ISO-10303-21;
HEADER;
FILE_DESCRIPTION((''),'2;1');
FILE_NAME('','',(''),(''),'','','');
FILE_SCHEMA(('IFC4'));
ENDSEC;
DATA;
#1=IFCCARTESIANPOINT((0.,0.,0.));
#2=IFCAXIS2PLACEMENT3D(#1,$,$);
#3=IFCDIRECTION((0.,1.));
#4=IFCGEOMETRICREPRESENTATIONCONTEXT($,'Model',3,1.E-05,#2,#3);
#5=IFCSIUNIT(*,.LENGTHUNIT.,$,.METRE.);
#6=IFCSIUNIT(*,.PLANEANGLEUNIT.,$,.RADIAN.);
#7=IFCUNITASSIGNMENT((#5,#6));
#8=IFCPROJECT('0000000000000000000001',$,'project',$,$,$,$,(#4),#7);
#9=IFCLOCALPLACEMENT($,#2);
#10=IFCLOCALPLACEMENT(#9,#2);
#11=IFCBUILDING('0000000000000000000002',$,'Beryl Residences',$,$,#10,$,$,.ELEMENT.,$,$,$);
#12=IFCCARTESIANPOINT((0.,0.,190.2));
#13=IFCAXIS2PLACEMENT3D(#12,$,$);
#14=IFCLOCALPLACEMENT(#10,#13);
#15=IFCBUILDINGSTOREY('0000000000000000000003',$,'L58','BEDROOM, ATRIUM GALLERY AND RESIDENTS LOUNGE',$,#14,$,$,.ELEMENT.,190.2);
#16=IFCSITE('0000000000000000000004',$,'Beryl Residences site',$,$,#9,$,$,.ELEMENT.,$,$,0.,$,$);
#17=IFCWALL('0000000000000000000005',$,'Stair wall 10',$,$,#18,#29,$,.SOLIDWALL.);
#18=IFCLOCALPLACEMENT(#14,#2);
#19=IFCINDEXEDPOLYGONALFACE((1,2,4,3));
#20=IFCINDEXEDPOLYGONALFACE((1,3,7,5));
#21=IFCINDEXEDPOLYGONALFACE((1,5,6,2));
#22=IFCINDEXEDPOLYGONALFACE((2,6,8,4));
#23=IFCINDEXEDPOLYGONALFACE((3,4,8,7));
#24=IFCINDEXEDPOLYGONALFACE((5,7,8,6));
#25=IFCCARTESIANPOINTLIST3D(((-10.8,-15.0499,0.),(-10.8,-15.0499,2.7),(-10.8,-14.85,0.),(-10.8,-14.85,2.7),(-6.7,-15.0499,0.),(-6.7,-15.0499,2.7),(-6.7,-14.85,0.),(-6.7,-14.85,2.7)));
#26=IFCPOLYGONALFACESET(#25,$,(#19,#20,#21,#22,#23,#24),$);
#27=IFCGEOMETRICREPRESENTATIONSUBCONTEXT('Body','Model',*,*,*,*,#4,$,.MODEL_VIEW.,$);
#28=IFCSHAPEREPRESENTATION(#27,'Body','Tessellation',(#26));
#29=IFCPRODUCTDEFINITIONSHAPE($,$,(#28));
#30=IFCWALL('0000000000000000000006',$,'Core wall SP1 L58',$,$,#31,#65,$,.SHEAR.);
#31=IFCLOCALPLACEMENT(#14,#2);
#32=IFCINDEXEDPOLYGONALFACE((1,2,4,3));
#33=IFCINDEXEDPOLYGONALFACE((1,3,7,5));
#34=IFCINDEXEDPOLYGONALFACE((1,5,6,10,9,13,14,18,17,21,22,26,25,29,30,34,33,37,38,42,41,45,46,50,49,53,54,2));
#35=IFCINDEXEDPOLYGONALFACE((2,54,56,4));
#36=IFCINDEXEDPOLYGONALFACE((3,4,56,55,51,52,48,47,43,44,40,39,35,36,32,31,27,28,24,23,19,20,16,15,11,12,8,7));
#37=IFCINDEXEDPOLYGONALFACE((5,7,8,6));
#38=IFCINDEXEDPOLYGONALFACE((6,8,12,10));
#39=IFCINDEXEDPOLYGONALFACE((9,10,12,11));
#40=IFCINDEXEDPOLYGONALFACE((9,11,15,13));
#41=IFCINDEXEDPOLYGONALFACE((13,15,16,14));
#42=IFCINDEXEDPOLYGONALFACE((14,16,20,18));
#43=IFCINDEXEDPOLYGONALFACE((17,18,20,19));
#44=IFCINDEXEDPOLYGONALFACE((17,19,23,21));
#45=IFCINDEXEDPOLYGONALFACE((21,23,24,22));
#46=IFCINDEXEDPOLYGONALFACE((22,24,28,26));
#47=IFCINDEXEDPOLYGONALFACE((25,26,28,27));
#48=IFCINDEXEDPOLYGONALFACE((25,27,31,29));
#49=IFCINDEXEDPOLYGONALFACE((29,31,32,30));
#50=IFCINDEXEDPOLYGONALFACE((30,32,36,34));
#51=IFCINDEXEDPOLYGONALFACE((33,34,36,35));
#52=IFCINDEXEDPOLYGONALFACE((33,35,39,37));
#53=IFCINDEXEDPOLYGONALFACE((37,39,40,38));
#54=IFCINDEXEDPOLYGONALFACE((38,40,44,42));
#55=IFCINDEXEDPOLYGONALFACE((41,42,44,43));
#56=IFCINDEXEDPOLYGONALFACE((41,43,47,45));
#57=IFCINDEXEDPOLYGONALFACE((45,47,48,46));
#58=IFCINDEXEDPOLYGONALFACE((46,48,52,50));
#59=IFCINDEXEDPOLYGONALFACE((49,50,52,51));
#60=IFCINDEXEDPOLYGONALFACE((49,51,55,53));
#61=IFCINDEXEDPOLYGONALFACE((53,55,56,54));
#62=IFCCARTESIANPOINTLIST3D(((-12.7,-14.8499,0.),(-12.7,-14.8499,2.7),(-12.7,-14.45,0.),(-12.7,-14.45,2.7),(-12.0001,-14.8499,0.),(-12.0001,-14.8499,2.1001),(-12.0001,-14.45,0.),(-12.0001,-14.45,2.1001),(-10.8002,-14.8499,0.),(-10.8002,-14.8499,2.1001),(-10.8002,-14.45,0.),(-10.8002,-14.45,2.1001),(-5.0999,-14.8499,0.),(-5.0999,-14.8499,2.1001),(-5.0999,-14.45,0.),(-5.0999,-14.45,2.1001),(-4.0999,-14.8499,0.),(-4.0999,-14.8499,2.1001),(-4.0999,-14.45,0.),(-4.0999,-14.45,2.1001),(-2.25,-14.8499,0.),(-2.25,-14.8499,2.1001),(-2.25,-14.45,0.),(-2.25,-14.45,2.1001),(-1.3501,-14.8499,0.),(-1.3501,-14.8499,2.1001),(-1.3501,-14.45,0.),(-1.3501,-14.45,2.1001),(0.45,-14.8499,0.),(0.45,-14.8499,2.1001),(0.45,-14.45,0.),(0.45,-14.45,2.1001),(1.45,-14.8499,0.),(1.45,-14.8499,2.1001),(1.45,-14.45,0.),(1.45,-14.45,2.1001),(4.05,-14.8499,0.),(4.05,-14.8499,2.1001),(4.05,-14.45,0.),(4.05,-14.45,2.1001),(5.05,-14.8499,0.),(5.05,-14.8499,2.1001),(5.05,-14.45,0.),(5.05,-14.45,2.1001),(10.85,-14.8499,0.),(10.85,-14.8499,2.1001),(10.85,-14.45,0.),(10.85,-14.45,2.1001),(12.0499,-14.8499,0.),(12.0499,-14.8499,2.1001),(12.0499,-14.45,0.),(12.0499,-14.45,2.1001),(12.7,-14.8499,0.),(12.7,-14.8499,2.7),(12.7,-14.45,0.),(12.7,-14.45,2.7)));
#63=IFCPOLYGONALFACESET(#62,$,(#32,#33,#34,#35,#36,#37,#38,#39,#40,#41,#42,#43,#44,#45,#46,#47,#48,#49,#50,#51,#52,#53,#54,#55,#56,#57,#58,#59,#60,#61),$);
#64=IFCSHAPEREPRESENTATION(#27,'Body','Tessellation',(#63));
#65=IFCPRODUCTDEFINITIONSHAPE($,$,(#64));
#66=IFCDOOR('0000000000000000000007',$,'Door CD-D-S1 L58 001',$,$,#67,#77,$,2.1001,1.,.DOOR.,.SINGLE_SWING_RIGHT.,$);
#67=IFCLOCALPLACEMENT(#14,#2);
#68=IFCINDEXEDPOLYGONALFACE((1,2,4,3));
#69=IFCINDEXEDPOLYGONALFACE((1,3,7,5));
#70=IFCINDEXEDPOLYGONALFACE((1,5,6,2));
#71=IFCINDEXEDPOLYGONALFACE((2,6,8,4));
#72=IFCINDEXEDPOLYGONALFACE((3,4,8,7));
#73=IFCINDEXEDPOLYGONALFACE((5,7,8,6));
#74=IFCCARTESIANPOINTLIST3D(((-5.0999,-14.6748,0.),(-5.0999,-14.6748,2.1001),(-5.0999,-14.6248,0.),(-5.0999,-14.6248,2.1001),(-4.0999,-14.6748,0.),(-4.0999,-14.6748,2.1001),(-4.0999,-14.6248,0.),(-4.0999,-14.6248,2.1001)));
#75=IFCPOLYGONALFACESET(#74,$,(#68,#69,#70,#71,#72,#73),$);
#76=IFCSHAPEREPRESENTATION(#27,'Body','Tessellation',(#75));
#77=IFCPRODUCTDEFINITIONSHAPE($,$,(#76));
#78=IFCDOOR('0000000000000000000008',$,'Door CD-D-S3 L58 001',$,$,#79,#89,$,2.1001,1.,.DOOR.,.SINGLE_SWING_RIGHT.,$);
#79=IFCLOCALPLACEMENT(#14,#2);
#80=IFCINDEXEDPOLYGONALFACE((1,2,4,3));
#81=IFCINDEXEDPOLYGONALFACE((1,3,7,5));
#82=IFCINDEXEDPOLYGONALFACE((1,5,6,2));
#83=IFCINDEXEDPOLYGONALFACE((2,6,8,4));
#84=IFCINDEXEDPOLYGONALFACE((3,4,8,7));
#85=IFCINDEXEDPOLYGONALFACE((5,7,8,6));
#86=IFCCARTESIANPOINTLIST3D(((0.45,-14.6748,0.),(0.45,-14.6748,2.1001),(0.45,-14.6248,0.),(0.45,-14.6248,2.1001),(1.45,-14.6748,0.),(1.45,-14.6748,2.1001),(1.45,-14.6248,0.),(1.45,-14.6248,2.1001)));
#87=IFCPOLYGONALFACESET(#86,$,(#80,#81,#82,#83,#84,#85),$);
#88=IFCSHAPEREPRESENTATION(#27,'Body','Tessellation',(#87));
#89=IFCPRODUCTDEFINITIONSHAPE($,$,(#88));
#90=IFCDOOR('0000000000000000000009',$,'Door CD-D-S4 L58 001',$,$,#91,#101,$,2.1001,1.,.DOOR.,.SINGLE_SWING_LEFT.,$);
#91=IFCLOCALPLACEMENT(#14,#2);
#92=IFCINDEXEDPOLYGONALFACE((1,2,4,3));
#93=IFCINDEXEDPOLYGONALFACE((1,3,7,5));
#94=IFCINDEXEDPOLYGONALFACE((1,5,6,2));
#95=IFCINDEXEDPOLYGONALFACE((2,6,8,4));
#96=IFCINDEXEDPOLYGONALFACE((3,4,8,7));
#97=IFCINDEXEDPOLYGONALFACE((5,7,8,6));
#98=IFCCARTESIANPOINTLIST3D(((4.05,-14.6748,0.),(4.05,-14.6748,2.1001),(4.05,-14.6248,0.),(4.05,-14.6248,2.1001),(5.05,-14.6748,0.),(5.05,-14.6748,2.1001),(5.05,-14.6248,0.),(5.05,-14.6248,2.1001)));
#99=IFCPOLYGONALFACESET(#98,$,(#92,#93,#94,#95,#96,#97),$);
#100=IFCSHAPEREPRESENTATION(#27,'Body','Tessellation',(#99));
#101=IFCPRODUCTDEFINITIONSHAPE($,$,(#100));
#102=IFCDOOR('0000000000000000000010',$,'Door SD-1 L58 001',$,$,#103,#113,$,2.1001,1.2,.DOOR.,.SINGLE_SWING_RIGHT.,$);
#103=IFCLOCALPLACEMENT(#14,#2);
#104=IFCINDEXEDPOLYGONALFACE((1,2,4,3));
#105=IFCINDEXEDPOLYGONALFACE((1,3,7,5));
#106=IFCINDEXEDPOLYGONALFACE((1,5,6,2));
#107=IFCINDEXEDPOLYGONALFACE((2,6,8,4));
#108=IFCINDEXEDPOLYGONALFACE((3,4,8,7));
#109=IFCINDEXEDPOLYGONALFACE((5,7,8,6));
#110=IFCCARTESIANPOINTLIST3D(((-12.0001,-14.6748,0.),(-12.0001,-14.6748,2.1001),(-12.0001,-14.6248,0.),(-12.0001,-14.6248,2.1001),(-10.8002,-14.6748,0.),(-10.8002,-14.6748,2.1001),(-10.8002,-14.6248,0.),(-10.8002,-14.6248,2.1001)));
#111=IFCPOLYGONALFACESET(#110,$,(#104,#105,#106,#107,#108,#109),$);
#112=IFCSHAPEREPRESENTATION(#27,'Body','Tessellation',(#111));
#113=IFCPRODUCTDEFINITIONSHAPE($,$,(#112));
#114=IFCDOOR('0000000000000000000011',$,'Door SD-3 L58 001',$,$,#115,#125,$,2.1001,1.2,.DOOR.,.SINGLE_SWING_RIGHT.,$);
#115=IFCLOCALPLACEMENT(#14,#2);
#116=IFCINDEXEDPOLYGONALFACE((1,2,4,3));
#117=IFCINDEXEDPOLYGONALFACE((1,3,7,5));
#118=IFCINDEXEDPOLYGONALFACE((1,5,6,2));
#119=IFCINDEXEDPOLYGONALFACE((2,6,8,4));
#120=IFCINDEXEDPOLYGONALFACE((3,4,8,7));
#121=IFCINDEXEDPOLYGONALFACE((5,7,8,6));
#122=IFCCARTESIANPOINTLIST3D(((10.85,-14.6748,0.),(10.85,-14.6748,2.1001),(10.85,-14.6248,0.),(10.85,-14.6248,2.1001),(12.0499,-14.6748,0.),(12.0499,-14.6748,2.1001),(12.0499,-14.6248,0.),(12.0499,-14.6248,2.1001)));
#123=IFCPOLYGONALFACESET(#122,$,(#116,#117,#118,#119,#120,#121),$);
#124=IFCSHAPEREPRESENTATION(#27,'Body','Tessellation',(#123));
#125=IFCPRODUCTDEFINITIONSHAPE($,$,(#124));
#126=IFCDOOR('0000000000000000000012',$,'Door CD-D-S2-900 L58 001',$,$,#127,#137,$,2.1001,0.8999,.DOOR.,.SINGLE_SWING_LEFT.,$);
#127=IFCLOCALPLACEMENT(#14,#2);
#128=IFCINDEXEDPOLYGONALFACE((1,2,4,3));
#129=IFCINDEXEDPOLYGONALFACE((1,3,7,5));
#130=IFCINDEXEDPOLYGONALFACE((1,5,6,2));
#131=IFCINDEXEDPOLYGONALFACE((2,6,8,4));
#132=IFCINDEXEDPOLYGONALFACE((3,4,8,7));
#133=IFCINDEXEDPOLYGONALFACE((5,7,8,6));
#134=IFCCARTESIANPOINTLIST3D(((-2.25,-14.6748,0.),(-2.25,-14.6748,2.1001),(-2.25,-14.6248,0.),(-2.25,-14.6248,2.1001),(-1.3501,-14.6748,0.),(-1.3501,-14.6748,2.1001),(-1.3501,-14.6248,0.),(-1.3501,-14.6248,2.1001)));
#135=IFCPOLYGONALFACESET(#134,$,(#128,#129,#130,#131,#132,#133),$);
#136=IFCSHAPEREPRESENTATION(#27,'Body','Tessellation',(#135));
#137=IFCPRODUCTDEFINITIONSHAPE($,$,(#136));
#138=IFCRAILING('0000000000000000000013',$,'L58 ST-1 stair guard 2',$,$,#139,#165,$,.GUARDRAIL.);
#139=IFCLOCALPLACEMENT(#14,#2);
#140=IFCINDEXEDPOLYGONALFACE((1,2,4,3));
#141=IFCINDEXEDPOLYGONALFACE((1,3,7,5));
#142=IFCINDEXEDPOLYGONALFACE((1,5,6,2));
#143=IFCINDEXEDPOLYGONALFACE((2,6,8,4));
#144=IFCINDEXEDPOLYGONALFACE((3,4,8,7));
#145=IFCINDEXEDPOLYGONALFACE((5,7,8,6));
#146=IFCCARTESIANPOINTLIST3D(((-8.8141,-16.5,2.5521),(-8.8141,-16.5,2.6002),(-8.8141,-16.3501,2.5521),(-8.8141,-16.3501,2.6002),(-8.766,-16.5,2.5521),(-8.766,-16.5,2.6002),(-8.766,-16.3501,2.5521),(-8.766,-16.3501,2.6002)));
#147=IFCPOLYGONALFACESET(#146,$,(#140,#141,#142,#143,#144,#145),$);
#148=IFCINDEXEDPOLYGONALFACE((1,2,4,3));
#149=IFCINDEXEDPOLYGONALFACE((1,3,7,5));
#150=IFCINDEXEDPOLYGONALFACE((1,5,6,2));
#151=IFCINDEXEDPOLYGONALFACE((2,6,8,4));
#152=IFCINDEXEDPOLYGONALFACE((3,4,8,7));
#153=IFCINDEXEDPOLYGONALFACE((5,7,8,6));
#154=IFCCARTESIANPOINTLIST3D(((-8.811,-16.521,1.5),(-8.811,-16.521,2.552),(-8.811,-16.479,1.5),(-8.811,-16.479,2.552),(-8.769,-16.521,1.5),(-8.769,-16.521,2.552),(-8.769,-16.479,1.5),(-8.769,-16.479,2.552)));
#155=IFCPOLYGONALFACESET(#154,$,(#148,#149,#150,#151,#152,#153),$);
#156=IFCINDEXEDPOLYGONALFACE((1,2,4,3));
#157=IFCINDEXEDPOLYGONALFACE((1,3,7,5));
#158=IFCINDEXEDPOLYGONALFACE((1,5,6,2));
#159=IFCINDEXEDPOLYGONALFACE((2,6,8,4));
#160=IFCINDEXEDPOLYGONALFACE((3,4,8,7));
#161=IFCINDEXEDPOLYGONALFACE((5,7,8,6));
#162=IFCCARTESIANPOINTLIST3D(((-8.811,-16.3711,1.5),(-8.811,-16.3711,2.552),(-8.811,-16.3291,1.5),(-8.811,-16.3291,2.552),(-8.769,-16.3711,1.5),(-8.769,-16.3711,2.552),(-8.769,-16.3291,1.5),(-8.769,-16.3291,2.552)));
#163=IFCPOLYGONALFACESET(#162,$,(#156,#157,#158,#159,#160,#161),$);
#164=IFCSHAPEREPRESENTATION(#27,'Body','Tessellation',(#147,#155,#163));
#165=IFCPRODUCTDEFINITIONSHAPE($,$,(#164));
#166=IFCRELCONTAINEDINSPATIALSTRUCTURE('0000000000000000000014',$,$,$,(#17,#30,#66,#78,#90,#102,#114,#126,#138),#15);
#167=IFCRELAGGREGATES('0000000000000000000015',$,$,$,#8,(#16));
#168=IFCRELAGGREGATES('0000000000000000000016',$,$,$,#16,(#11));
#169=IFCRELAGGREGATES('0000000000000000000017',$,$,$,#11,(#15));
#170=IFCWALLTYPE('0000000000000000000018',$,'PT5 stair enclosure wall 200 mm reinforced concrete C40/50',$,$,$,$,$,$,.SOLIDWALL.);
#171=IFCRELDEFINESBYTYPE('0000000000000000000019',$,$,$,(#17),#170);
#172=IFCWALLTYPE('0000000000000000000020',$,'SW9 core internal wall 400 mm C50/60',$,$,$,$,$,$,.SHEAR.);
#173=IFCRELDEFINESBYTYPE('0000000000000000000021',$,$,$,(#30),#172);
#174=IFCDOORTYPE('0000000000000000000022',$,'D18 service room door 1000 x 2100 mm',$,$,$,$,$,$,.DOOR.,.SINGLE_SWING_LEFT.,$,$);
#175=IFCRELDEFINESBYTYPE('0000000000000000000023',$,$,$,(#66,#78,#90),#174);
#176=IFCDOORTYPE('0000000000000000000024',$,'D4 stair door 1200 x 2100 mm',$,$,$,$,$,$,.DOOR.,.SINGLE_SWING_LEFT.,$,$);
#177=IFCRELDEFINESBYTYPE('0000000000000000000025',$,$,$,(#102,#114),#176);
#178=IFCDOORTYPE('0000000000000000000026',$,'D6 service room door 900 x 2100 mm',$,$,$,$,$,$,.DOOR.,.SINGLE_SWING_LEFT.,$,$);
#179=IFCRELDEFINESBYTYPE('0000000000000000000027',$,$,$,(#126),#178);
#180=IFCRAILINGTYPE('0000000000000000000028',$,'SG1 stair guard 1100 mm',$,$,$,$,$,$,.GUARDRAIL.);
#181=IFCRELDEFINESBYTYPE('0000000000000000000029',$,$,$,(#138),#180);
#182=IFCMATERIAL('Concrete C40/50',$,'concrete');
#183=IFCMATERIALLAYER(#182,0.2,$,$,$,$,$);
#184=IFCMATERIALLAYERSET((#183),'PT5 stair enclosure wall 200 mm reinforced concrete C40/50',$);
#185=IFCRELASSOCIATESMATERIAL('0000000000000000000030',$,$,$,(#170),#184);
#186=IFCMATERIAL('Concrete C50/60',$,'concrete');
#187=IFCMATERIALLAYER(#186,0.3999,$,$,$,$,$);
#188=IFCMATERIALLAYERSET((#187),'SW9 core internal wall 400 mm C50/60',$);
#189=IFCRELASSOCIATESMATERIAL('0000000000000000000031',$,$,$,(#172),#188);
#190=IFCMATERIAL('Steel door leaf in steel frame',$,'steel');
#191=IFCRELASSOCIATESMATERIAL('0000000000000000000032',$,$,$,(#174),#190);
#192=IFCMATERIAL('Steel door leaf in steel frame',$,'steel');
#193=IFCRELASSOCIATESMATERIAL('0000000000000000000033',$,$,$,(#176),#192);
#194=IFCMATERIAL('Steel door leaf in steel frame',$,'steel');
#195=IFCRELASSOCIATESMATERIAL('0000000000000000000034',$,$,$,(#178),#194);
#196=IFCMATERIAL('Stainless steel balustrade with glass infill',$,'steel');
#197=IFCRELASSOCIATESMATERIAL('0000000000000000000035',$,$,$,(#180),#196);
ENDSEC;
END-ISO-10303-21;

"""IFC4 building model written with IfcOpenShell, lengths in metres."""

from ifc_helpers import new_model, si_unit, direction, frame, frame_2d, origin, origin_2d, place, context, subcontext, project, spatial, rectangle, extrude, material, layer, layer_set, type_object, element, fill, save


model = new_model("IFC4")

# Units and contexts
model_context = context("Model", 3, precision=1e-05, world=origin(), true_north=direction((0.0, 1.0)))
body_context = subcontext(model_context, "Body", "Model", "MODEL_VIEW")
ifc_project = project(units=[si_unit("LENGTHUNIT", "METRE"), si_unit("PLANEANGLEUNIT", "RADIAN")], contexts=[model_context])

# Site, building, storey
site_placement = place(None, origin())
site = spatial("IfcSite", under=ifc_project, at=site_placement, Name="Beryl Residences site", CompositionType="ELEMENT", RefElevation=0.0)
building_placement = place(site_placement, origin())
building = spatial("IfcBuilding", under=site, at=building_placement, Name="Beryl Residences", CompositionType="ELEMENT")
storey_placement = place(building_placement, frame((0.0, 0.0, 190.2)))
storey = spatial("IfcBuildingStorey", under=building, at=storey_placement, Name="L58", Description="BEDROOM, ATRIUM GALLERY AND RESIDENTS LOUNGE", CompositionType="ELEMENT", Elevation=190.2)

# Wall
ifc_material_1 = material(Name="Concrete C40/50", Category="concrete")
ifc_layer_1 = layer(ifc_material_1, 0.2)
ifc_layer_set_1 = layer_set([ifc_layer_1], Name="PT5 stair enclosure wall 200 mm reinforced concrete C40/50")
wall_type_1 = type_object("IfcWallType", Name="PT5 stair enclosure wall 200 mm reinforced concrete C40/50", PredefinedType="SOLIDWALL", material=ifc_layer_set_1)
wall_1_placement = place(storey_placement, frame((-10.8, -14.95, 0.0), z_axis=(0.0, 0.0, 1.0), x_axis=(1.0, 0.0, 0.0)))
element("IfcWall", 1, at=wall_1_placement, inside=storey, type_object=wall_type_1, Name="Stair wall 10", PredefinedType="SOLIDWALL", context=body_context, shape_type="SweptSolid", body=[
    extrude(rectangle(XDim=4.1001, YDim=0.2, at=frame_2d((2.05, 0.0))), origin(), (0.0, 0.0, 1.0), 2.7),
])

# Wall, openings, doors
ifc_material_2 = material(Name="Concrete C50/60", Category="concrete")
ifc_layer_2 = layer(ifc_material_2, 0.3999)
ifc_layer_set_2 = layer_set([ifc_layer_2], Name="SW9 core internal wall 400 mm C50/60")
wall_type_2 = type_object("IfcWallType", Name="SW9 core internal wall 400 mm C50/60", PredefinedType="SHEAR", material=ifc_layer_set_2)
wall_2_placement = place(storey_placement, frame((-12.7, -14.6499, 0.0), z_axis=(0.0, 0.0, 1.0), x_axis=(1.0, 0.0, 0.0)))
wall_2 = element("IfcWall", 2, at=wall_2_placement, inside=storey, type_object=wall_type_2, Name="Core wall SP1 L58", PredefinedType="SHEAR", context=body_context, shape_type="SweptSolid", body=[
    extrude(rectangle(XDim=25.3999, YDim=0.3999, at=frame_2d((12.7, 0.0))), origin(), (0.0, 0.0, 1.0), 2.7),
])
opening_1_placement = place(wall_2_placement, frame((1.8999, 0.0, 0.0), z_axis=(0.0, 0.0, 1.0), x_axis=(-1.0, 0.0, 0.0)))
opening_1 = element("IfcOpeningElement", 3, at=opening_1_placement, cuts=wall_2, PredefinedType="OPENING", context=body_context, shape_type="SweptSolid", body=[
    extrude(rectangle(XDim=1.2, YDim=2.1001, at=frame_2d((0.6001, 1.05))), frame((0.0, 0.21, 0.0), z_axis=(0.0, -1.0, 0.0), x_axis=(1.0, 0.0, 0.0)), (0.0, 0.0, 1.0), 0.4199),
])
opening_2_placement = place(wall_2_placement, frame((24.75, 0.0, 0.0), z_axis=(0.0, 0.0, 1.0), x_axis=(-1.0, 0.0, 0.0)))
opening_2 = element("IfcOpeningElement", 4, at=opening_2_placement, cuts=wall_2, PredefinedType="OPENING", context=body_context, shape_type="SweptSolid", body=[
    extrude(rectangle(XDim=1.2, YDim=2.1001, at=frame_2d((0.6001, 1.05))), frame((0.0, 0.21, 0.0), z_axis=(0.0, -1.0, 0.0), x_axis=(1.0, 0.0, 0.0)), (0.0, 0.0, 1.0), 0.4199),
])
opening_3_placement = place(wall_2_placement, frame((8.6001, 0.0, 0.0), z_axis=(0.0, 0.0, 1.0), x_axis=(-1.0, 0.0, 0.0)))
opening_3 = element("IfcOpeningElement", 5, at=opening_3_placement, cuts=wall_2, PredefinedType="OPENING", context=body_context, shape_type="SweptSolid", body=[
    extrude(rectangle(XDim=1.0, YDim=2.1001, at=frame_2d((0.5, 1.05))), frame((0.0, 0.21, 0.0), z_axis=(0.0, -1.0, 0.0), x_axis=(1.0, 0.0, 0.0)), (0.0, 0.0, 1.0), 0.4199),
])
opening_4_placement = place(wall_2_placement, frame((11.3499, 0.0, 0.0), z_axis=(0.0, 0.0, 1.0), x_axis=(-1.0, 0.0, 0.0)))
opening_4 = element("IfcOpeningElement", 6, at=opening_4_placement, cuts=wall_2, PredefinedType="OPENING", context=body_context, shape_type="SweptSolid", body=[
    extrude(rectangle(XDim=0.8999, YDim=2.1001, at=frame_2d((0.45, 1.05))), frame((0.0, 0.21, 0.0), z_axis=(0.0, -1.0, 0.0), x_axis=(1.0, 0.0, 0.0)), (0.0, 0.0, 1.0), 0.4199),
])
opening_5_placement = place(wall_2_placement, frame((14.1499, 0.0, 0.0), z_axis=(0.0, 0.0, 1.0), x_axis=(-1.0, 0.0, 0.0)))
opening_5 = element("IfcOpeningElement", 7, at=opening_5_placement, cuts=wall_2, PredefinedType="OPENING", context=body_context, shape_type="SweptSolid", body=[
    extrude(rectangle(XDim=1.0, YDim=2.1001, at=frame_2d((0.5, 1.05))), frame((0.0, 0.21, 0.0), z_axis=(0.0, -1.0, 0.0), x_axis=(1.0, 0.0, 0.0)), (0.0, 0.0, 1.0), 0.4199),
])
opening_6_placement = place(wall_2_placement, frame((17.75, 0.0, 0.0), z_axis=(0.0, 0.0, 1.0), x_axis=(-1.0, 0.0, 0.0)))
opening_6 = element("IfcOpeningElement", 8, at=opening_6_placement, cuts=wall_2, PredefinedType="OPENING", context=body_context, shape_type="SweptSolid", body=[
    extrude(rectangle(XDim=1.0, YDim=2.1001, at=frame_2d((0.5, 1.05))), frame((0.0, 0.21, 0.0), z_axis=(0.0, -1.0, 0.0), x_axis=(1.0, 0.0, 0.0)), (0.0, 0.0, 1.0), 0.4199),
])
ifc_material_3 = material(Name="Steel door leaf in steel frame", Category="steel")
door_type_1 = type_object("IfcDoorType", Name="D18 service room door 1000 x 2100 mm", OperationType="SINGLE_SWING_LEFT", PredefinedType="DOOR", material=ifc_material_3)
door_1_placement = place(opening_3_placement, origin())
door_1 = element("IfcDoor", 9, at=door_1_placement, inside=storey, type_object=door_type_1, Name="Door CD-D-S1 L58 001", OperationType="SINGLE_SWING_RIGHT", OverallHeight=2.1001, OverallWidth=1.0, PredefinedType="DOOR", context=body_context, shape_type="SweptSolid", body=[
    extrude(rectangle(XDim=1.0, YDim=2.1001, at=frame_2d((0.5, 1.05))), frame((0.0, 0.0249, 0.0), z_axis=(0.0, -1.0, 0.0), x_axis=(1.0, 0.0, 0.0)), (0.0, 0.0, 1.0), 0.05),
])
fill(opening_3, door_1)
door_2_placement = place(opening_5_placement, origin())
door_2 = element("IfcDoor", 10, at=door_2_placement, inside=storey, type_object=door_type_1, Name="Door CD-D-S3 L58 001", OperationType="SINGLE_SWING_RIGHT", OverallHeight=2.1001, OverallWidth=1.0, PredefinedType="DOOR", context=body_context, shape_type="SweptSolid", body=[
    extrude(rectangle(XDim=1.0, YDim=2.1001, at=frame_2d((0.5, 1.05))), frame((0.0, 0.0249, 0.0), z_axis=(0.0, -1.0, 0.0), x_axis=(1.0, 0.0, 0.0)), (0.0, 0.0, 1.0), 0.05),
])
fill(opening_5, door_2)
door_3_placement = place(opening_6_placement, origin())
door_3 = element("IfcDoor", 11, at=door_3_placement, inside=storey, type_object=door_type_1, Name="Door CD-D-S4 L58 001", OperationType="SINGLE_SWING_LEFT", OverallHeight=2.1001, OverallWidth=1.0, PredefinedType="DOOR", context=body_context, shape_type="SweptSolid", body=[
    extrude(rectangle(XDim=1.0, YDim=2.1001, at=frame_2d((0.5, 1.05))), frame((0.0, 0.0249, 0.0), z_axis=(0.0, -1.0, 0.0), x_axis=(1.0, 0.0, 0.0)), (0.0, 0.0, 1.0), 0.05),
])
fill(opening_6, door_3)
ifc_material_4 = material(Name="Steel door leaf in steel frame", Category="steel")
door_type_2 = type_object("IfcDoorType", Name="D4 stair door 1200 x 2100 mm", OperationType="SINGLE_SWING_LEFT", PredefinedType="DOOR", material=ifc_material_4)
door_4_placement = place(opening_1_placement, origin())
door_4 = element("IfcDoor", 12, at=door_4_placement, inside=storey, type_object=door_type_2, Name="Door SD-1 L58 001", OperationType="SINGLE_SWING_RIGHT", OverallHeight=2.1001, OverallWidth=1.2, PredefinedType="DOOR", context=body_context, shape_type="SweptSolid", body=[
    extrude(rectangle(XDim=1.2, YDim=2.1001, at=frame_2d((0.6001, 1.05))), frame((0.0, 0.0249, 0.0), z_axis=(0.0, -1.0, 0.0), x_axis=(1.0, 0.0, 0.0)), (0.0, 0.0, 1.0), 0.05),
])
fill(opening_1, door_4)
door_5_placement = place(opening_2_placement, origin())
door_5 = element("IfcDoor", 13, at=door_5_placement, inside=storey, type_object=door_type_2, Name="Door SD-3 L58 001", OperationType="SINGLE_SWING_RIGHT", OverallHeight=2.1001, OverallWidth=1.2, PredefinedType="DOOR", context=body_context, shape_type="SweptSolid", body=[
    extrude(rectangle(XDim=1.2, YDim=2.1001, at=frame_2d((0.6001, 1.05))), frame((0.0, 0.0249, 0.0), z_axis=(0.0, -1.0, 0.0), x_axis=(1.0, 0.0, 0.0)), (0.0, 0.0, 1.0), 0.05),
])
fill(opening_2, door_5)
ifc_material_5 = material(Name="Steel door leaf in steel frame", Category="steel")
door_type_3 = type_object("IfcDoorType", Name="D6 service room door 900 x 2100 mm", OperationType="SINGLE_SWING_LEFT", PredefinedType="DOOR", material=ifc_material_5)
door_6_placement = place(opening_4_placement, origin())
door_6 = element("IfcDoor", 14, at=door_6_placement, inside=storey, type_object=door_type_3, Name="Door CD-D-S2-900 L58 001", OperationType="SINGLE_SWING_LEFT", OverallHeight=2.1001, OverallWidth=0.8999, PredefinedType="DOOR", context=body_context, shape_type="SweptSolid", body=[
    extrude(rectangle(XDim=0.8999, YDim=2.1001, at=frame_2d((0.45, 1.05))), frame((0.0, 0.0249, 0.0), z_axis=(0.0, -1.0, 0.0), x_axis=(1.0, 0.0, 0.0)), (0.0, 0.0, 1.0), 0.05),
])
fill(opening_4, door_6)

# Railing
ifc_material_6 = material(Name="Stainless steel balustrade with glass infill", Category="steel")
railing_type_1 = type_object("IfcRailingType", Name="SG1 stair guard 1100 mm", PredefinedType="GUARDRAIL", material=ifc_material_6)
railing_1_placement = place(storey_placement, frame((-8.79, -16.5, 1.5)))
element("IfcRailing", 15, at=railing_1_placement, inside=storey, type_object=railing_type_1, Name="L58 ST-1 stair guard 2", PredefinedType="GUARDRAIL", context=body_context, shape_type="SweptSolid", body=[
    extrude(rectangle(XDim=0.0481, YDim=0.0481, at=origin_2d()), frame((0.0, 0.0, 1.0762), z_axis=(0.0, 1.0, 0.0), x_axis=(-1.0, 0.0, 0.0)), (0.0, 0.0, 1.0), 0.1499),
    extrude(rectangle(XDim=0.042, YDim=0.042, at=origin_2d()), origin(), (0.0, 0.0, 1.0), 1.052),
    extrude(rectangle(XDim=0.042, YDim=0.042, at=origin_2d()), frame((0.0, 0.1499, 0.0)), (0.0, 0.0, 1.0), 1.052),
])

save(model, "model.ifc")
